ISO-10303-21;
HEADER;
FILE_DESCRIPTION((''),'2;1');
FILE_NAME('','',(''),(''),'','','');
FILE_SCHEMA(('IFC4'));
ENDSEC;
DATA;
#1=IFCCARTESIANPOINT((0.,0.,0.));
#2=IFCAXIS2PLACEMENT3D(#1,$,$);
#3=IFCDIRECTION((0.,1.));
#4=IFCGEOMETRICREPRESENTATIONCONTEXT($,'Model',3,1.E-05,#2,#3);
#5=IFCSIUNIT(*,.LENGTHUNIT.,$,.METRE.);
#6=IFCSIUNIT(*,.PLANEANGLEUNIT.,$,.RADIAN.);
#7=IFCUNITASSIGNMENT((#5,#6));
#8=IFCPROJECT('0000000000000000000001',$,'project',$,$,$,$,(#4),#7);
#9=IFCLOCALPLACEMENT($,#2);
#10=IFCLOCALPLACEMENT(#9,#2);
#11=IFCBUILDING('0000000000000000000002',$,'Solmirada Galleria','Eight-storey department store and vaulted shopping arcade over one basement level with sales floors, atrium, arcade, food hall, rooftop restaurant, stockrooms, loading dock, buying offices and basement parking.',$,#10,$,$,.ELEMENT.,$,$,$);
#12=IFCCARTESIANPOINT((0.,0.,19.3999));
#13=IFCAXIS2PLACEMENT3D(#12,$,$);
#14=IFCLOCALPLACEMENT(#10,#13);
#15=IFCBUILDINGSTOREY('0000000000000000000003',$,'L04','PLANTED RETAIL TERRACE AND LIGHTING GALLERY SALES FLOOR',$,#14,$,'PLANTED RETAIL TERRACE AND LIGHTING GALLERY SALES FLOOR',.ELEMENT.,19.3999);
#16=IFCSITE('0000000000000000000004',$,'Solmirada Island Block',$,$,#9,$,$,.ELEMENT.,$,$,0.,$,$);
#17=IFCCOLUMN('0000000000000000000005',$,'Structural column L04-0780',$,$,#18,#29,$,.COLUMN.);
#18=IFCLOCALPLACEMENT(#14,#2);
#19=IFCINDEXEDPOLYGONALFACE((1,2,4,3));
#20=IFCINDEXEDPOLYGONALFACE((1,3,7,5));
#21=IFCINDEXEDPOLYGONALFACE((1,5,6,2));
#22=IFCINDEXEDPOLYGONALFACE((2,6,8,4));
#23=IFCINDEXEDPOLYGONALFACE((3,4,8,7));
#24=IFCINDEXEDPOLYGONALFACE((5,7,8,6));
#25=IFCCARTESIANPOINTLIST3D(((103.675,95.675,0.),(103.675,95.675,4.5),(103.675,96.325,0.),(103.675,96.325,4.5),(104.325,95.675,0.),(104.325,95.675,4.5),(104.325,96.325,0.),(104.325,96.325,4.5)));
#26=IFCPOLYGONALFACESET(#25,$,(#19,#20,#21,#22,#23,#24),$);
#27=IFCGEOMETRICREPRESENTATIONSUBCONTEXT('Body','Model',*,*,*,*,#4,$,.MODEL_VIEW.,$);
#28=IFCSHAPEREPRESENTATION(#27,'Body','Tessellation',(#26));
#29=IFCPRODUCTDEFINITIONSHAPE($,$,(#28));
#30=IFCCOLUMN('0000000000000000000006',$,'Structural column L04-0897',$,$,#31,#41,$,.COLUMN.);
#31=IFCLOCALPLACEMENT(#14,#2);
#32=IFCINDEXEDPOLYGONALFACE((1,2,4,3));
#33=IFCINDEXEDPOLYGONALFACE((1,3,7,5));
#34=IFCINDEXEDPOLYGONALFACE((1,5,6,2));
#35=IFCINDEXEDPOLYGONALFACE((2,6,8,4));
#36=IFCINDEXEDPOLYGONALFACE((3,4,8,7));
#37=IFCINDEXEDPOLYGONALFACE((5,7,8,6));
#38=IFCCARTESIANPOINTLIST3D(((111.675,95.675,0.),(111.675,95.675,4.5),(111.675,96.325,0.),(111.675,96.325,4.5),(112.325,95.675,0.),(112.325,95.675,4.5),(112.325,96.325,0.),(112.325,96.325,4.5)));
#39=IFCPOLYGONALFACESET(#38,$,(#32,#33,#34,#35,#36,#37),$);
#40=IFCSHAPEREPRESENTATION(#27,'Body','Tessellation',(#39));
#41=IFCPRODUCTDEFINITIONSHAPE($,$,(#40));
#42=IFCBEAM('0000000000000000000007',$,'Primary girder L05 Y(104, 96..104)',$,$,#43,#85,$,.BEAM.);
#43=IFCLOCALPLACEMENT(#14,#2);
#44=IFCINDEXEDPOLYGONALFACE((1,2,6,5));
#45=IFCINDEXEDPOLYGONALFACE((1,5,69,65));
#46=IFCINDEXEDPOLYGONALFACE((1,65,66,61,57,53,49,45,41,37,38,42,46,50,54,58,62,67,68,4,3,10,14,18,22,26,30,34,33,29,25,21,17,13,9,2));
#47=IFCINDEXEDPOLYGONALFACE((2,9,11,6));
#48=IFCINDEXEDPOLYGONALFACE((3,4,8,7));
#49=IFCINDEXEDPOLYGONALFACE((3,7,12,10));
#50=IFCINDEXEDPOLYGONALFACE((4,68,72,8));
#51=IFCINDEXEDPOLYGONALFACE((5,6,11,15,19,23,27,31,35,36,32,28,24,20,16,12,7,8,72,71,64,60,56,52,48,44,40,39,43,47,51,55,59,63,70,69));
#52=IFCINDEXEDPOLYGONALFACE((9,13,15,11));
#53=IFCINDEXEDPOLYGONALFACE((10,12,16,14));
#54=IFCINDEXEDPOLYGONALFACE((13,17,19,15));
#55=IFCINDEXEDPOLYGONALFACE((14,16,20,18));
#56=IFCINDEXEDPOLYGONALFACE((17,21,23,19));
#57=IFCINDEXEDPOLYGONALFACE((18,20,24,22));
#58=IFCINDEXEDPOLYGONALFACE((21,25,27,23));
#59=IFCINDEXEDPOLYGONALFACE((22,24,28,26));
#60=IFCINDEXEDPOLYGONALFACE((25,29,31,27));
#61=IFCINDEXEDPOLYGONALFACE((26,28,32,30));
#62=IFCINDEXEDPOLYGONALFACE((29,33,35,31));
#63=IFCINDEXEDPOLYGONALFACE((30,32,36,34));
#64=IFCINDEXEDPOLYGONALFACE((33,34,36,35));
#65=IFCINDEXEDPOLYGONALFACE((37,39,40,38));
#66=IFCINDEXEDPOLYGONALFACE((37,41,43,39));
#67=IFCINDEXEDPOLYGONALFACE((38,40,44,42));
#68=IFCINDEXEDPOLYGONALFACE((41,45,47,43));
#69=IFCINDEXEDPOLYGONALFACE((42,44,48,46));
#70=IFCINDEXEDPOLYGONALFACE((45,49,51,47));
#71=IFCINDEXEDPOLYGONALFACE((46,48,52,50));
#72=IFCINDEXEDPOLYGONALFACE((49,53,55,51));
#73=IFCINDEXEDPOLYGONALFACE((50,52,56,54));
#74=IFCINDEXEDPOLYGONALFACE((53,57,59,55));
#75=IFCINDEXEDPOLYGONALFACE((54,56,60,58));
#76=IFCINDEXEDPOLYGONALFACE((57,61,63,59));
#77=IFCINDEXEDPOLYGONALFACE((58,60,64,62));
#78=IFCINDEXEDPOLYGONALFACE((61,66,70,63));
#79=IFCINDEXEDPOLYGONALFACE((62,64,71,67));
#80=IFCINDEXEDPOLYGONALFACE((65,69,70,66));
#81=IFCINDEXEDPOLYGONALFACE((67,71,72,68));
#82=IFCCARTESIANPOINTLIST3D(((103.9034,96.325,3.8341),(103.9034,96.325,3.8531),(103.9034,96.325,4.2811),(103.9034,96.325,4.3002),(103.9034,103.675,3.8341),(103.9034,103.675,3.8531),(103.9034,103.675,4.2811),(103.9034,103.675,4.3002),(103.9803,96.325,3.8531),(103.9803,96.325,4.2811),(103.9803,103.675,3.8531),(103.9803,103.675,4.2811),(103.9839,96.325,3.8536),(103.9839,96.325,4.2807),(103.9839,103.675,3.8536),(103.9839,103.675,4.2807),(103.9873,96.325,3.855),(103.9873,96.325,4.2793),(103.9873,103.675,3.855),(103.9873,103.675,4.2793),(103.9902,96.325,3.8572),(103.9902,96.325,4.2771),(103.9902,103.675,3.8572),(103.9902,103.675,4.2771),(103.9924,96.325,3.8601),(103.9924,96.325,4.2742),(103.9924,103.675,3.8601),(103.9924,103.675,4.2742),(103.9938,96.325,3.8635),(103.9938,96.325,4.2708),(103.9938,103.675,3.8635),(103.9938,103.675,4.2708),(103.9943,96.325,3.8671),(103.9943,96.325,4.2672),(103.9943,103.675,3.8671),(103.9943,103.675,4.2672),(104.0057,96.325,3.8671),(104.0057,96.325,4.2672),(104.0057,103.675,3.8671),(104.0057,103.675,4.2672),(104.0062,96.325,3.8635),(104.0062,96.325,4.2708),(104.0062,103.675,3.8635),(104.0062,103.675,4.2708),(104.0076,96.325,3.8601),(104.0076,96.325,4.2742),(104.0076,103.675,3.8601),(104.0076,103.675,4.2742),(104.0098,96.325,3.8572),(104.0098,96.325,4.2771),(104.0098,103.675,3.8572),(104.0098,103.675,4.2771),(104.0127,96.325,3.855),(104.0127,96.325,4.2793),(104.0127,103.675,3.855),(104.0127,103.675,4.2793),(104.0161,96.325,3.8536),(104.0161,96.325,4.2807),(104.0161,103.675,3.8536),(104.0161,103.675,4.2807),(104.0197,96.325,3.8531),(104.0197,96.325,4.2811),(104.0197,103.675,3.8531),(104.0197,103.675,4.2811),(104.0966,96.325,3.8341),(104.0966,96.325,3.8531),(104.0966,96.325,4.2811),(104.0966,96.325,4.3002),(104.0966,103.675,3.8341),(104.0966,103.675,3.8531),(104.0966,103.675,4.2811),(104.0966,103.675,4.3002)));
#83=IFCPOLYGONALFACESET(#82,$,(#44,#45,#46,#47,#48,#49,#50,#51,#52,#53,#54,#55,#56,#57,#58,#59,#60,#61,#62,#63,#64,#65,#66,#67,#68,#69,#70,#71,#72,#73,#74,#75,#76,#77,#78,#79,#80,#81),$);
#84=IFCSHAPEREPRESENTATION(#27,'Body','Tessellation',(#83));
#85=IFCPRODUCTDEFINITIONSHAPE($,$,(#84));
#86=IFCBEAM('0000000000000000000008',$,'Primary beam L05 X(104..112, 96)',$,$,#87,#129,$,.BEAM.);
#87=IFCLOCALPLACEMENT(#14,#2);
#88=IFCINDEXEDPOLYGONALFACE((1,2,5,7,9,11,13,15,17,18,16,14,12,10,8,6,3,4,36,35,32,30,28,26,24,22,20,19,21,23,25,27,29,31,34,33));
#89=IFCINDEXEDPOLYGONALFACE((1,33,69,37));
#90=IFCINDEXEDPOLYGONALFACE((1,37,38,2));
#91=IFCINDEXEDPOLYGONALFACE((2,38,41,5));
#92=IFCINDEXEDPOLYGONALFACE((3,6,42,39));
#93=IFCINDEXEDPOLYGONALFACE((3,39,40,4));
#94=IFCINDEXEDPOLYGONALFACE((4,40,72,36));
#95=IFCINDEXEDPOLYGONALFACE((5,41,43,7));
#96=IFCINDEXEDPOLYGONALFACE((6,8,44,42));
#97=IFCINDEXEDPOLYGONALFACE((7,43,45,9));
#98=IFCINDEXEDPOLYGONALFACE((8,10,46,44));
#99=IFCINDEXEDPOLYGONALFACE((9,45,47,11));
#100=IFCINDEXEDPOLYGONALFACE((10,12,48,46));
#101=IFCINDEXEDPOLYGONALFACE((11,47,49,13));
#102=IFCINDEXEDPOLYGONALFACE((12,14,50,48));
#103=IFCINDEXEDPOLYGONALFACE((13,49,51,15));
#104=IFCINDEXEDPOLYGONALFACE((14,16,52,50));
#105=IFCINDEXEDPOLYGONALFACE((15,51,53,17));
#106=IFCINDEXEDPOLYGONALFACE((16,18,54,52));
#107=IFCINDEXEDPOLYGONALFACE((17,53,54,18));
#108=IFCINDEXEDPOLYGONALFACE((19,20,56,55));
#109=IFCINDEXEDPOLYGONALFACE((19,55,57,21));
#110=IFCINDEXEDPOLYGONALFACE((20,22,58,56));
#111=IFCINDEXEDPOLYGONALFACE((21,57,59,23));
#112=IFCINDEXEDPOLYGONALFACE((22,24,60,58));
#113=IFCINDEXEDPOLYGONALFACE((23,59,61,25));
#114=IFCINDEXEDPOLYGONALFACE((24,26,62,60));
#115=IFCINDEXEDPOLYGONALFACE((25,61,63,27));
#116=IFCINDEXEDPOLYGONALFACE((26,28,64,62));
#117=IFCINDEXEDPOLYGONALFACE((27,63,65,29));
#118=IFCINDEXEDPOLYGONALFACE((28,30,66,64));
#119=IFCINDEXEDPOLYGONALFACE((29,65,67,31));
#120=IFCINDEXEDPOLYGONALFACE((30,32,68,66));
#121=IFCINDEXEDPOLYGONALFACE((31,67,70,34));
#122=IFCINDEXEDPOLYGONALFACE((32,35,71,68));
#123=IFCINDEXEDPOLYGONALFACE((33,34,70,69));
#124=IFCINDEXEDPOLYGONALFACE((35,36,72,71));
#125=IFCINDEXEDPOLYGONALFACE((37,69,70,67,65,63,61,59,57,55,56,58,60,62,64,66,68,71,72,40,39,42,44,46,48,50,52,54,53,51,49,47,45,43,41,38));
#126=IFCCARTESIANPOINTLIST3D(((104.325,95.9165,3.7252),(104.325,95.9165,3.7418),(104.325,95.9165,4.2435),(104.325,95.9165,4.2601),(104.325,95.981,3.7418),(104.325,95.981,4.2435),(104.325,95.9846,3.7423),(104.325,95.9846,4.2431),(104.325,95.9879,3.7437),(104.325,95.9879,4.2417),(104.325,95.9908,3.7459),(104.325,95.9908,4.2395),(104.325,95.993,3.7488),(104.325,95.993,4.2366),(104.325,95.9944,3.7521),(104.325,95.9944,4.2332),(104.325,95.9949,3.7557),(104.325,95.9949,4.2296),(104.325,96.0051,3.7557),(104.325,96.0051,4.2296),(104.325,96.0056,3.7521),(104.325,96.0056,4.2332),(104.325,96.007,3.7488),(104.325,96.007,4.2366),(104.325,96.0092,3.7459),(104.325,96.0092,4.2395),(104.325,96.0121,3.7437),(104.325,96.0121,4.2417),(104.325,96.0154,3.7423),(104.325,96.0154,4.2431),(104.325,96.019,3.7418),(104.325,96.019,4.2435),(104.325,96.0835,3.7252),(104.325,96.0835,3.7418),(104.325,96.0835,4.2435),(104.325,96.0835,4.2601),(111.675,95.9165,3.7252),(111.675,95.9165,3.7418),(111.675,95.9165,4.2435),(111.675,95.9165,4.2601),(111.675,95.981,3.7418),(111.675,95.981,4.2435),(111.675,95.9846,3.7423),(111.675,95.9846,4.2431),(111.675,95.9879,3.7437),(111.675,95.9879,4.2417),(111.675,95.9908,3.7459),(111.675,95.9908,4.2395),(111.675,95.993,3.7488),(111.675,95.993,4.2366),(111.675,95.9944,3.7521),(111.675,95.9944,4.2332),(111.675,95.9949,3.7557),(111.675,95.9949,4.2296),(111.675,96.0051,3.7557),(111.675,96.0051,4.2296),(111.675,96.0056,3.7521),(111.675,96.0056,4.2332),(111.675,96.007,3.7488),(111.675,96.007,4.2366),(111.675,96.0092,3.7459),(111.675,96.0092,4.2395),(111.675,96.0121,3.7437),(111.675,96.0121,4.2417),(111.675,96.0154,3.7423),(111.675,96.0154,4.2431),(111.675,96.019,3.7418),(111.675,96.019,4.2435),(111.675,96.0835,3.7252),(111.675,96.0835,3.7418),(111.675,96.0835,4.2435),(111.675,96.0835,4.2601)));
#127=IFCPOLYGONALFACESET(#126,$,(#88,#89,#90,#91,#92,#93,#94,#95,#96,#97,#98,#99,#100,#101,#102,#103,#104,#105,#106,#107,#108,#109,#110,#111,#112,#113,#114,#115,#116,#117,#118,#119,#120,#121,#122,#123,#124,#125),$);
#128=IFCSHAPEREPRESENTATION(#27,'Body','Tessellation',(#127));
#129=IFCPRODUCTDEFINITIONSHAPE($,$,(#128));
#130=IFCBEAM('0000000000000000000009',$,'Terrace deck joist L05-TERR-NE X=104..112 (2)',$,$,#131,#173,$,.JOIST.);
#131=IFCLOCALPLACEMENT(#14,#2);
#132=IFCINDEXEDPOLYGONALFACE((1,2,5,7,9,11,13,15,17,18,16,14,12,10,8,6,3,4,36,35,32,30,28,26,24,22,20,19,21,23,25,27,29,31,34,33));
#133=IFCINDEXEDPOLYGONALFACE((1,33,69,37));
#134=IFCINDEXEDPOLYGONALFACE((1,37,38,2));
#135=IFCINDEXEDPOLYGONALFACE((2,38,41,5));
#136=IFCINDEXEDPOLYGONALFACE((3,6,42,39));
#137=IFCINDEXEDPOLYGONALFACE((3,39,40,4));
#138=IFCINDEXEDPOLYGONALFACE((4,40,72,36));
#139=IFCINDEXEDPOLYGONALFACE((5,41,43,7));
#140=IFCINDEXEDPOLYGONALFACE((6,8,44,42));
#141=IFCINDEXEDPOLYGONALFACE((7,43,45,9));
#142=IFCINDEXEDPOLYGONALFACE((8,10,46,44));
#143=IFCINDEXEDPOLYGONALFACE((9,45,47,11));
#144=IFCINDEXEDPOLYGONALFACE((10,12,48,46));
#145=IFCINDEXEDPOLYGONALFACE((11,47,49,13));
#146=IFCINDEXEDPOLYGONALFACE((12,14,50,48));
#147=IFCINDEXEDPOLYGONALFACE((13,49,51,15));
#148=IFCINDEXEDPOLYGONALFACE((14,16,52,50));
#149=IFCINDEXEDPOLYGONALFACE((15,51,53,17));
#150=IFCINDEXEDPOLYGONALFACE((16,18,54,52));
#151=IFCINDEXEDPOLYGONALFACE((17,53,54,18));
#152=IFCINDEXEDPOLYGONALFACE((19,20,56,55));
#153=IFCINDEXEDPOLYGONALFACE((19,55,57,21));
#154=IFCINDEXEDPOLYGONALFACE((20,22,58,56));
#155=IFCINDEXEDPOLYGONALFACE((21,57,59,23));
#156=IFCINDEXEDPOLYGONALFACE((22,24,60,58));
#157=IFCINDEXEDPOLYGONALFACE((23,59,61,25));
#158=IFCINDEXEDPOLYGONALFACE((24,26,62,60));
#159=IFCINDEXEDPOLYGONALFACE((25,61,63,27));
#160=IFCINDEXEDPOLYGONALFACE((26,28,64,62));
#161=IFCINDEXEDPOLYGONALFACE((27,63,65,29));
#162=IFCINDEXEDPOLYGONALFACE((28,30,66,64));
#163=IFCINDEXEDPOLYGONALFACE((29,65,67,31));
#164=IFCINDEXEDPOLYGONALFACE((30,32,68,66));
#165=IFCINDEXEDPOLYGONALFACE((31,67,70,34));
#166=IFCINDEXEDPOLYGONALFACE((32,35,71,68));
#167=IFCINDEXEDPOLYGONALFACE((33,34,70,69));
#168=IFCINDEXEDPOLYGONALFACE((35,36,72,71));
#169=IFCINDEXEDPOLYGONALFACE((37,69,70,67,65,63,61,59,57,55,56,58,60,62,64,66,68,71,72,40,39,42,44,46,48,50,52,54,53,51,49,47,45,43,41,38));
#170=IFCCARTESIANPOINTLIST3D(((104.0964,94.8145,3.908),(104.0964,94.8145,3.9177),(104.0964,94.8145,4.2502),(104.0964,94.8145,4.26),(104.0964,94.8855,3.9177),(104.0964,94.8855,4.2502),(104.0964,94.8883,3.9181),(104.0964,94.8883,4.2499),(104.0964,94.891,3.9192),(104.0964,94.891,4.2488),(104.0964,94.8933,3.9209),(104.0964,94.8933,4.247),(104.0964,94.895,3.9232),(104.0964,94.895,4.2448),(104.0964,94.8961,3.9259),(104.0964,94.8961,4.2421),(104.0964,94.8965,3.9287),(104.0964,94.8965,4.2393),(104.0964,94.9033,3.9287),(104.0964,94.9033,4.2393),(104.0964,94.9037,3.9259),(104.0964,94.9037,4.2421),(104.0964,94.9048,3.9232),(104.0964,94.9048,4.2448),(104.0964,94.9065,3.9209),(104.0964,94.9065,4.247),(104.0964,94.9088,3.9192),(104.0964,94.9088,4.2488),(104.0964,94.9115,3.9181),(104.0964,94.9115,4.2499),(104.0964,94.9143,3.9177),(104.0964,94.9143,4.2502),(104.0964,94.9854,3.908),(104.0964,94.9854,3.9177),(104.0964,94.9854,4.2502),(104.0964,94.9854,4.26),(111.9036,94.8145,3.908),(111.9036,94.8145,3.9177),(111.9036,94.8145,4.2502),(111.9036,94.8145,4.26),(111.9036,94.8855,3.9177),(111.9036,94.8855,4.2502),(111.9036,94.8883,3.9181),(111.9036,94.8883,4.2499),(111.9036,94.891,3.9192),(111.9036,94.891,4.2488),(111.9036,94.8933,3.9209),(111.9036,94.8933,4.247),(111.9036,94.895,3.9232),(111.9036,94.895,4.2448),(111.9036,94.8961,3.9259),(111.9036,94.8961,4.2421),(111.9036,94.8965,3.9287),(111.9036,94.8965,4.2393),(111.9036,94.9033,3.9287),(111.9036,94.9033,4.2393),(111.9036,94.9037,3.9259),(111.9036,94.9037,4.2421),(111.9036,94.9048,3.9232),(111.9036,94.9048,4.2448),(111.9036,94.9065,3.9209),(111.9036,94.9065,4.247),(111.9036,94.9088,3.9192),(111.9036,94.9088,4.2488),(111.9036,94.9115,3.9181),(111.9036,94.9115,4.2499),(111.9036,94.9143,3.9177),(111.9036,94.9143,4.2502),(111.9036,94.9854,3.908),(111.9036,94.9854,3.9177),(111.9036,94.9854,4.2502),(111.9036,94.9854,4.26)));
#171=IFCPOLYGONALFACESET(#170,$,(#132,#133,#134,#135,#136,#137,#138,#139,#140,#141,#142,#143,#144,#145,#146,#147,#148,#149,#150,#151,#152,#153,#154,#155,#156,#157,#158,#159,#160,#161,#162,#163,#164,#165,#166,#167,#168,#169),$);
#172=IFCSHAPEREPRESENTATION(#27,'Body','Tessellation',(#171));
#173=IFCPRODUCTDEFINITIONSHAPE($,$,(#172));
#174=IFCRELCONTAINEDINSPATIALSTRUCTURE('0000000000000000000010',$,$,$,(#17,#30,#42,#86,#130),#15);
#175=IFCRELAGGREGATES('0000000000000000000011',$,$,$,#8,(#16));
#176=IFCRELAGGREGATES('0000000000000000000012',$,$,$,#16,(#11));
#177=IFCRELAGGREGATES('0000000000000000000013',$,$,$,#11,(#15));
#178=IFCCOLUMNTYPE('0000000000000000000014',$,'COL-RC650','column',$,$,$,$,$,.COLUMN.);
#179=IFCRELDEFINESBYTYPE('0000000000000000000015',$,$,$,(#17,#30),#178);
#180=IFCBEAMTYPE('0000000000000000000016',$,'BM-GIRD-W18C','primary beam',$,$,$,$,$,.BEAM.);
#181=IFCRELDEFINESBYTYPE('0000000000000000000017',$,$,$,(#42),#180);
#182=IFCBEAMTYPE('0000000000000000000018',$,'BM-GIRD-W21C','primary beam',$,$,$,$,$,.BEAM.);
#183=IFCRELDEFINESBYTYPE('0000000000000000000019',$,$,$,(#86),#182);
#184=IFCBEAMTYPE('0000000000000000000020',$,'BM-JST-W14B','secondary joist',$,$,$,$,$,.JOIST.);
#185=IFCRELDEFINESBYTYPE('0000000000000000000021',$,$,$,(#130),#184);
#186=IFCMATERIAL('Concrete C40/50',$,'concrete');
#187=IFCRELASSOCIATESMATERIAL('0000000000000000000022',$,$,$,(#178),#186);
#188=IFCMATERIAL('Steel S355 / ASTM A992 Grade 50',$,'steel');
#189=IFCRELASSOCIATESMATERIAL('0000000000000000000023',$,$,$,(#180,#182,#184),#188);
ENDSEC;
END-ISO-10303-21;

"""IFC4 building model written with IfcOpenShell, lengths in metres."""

from ifc_helpers import new_model, si_unit, direction, frame, origin, origin_2d, place, context, subcontext, project, spatial, rectangle, i_section, extrude, material, material_profile, profile_set, type_object, element, save


model = new_model("IFC4")

# Units and contexts
model_context = context("Model", 3, precision=1e-05, world=origin(), true_north=direction((0.0, 1.0)))
body_context = subcontext(model_context, "Body", "Model", "MODEL_VIEW")
ifc_project = project(units=[si_unit("LENGTHUNIT", "METRE"), si_unit("PLANEANGLEUNIT", "RADIAN")], contexts=[model_context])

# Site, building, storey
site_placement = place(None, origin())
site = spatial("IfcSite", under=ifc_project, at=site_placement, Name="Solmirada Island Block", CompositionType="ELEMENT", RefElevation=0.0)
building_placement = place(site_placement, origin())
building = spatial("IfcBuilding", under=site, at=building_placement, Name="Solmirada Galleria", Description="Eight-storey department store and vaulted shopping arcade over one basement level with sales floors, atrium, arcade, food hall, rooftop restaurant, stockrooms, loading dock, buying offices and basement parking.", CompositionType="ELEMENT")
storey_placement = place(building_placement, frame((0.0, 0.0, 19.3999)))
storey = spatial("IfcBuildingStorey", under=building, at=storey_placement, Name="L04", Description="PLANTED RETAIL TERRACE AND LIGHTING GALLERY SALES FLOOR", LongName="PLANTED RETAIL TERRACE AND LIGHTING GALLERY SALES FLOOR", CompositionType="ELEMENT", Elevation=19.3999)

# Columns
ifc_material_1 = material(Name="Concrete C40/50", Category="concrete")
ifc_material_profile_1 = material_profile(ifc_material_1, rectangle(XDim=0.6499, YDim=0.6499, at=origin_2d()), Name="RC650X650")
ifc_profile_set_1 = profile_set([ifc_material_profile_1], Name="Concrete C40/50")
column_type = type_object("IfcColumnType", Name="COL-RC650", Description="column", PredefinedType="COLUMN", material=ifc_profile_set_1)
for number, where, z_axis, x_axis, name in (
    (1, (104.0, 96.0, 0.0), (0.0, 0.0, 1.0), (1.0, 0.0, 0.0), "Structural column L04-0780"),
    (2, (112.0, 96.0, 0.0), (0.0, 0.0, 1.0), (1.0, 0.0, 0.0), "Structural column L04-0897"),
):
    element("IfcColumn", number, at=place(storey_placement, frame(where, z_axis=z_axis, x_axis=x_axis)), inside=storey, type_object=column_type, Name=name, PredefinedType="COLUMN", context=body_context, shape_type="SweptSolid", body=[
        extrude(rectangle(XDim=0.6499, YDim=0.6499, at=origin_2d()), origin(), (0.0, 0.0, 1.0), 4.5),
    ])

# Beams
ifc_material_2 = material(Name="Steel S355 / ASTM A992 Grade 50", Category="steel")
ifc_material_profile_2 = material_profile(ifc_material_2, i_section(OverallWidth=0.1931, OverallDepth=0.4661, WebThickness=0.0115, FlangeThickness=0.019, FilletRadius=0.0139, at=origin_2d()), Name="W18X65")
ifc_profile_set_2 = profile_set([ifc_material_profile_2], Name="Steel S355 / ASTM A992 Grade 50")
beam_type_1 = type_object("IfcBeamType", Name="BM-GIRD-W18C", Description="primary beam", PredefinedType="BEAM", material=ifc_profile_set_2)
beam_1_placement = place(storey_placement, frame((104.0, 96.325, 4.0671), z_axis=(0.0, 1.0, 0.0), x_axis=(-1.0, 0.0, 0.0)))
element("IfcBeam", 3, at=beam_1_placement, inside=storey, type_object=beam_type_1, Name="Primary girder L05 Y(104, 96..104)", PredefinedType="BEAM", context=body_context, shape_type="SweptSolid", body=[
    extrude(i_section(OverallWidth=0.1931, OverallDepth=0.4661, WebThickness=0.0115, FlangeThickness=0.019, FilletRadius=0.0139, at=origin_2d()), origin(), (0.0, 0.0, 1.0), 7.3501),
])
ifc_material_profile_3 = material_profile(ifc_material_2, i_section(OverallWidth=0.167, OverallDepth=0.5349, WebThickness=0.0103, FlangeThickness=0.0166, FilletRadius=0.0139, at=origin_2d()), Name="W21X57")
ifc_profile_set_3 = profile_set([ifc_material_profile_3], Name="Steel S355 / ASTM A992 Grade 50")
beam_type_2 = type_object("IfcBeamType", Name="BM-GIRD-W21C", Description="primary beam", PredefinedType="BEAM", material=ifc_profile_set_3)
beam_2_placement = place(storey_placement, frame((104.325, 96.0, 3.9927), z_axis=(1.0, 0.0, 0.0), x_axis=(0.0, 1.0, 0.0)))
element("IfcBeam", 4, at=beam_2_placement, inside=storey, type_object=beam_type_2, Name="Primary beam L05 X(104..112, 96)", PredefinedType="BEAM", context=body_context, shape_type="SweptSolid", body=[
    extrude(i_section(OverallWidth=0.167, OverallDepth=0.5349, WebThickness=0.0103, FlangeThickness=0.0166, FilletRadius=0.0139, at=origin_2d()), origin(), (0.0, 0.0, 1.0), 7.3501),
])
ifc_material_profile_4 = material_profile(ifc_material_2, i_section(OverallWidth=0.1709, OverallDepth=0.3521, WebThickness=0.0068, FlangeThickness=0.0098, FilletRadius=0.011, at=origin_2d()), Name="W14X30")
ifc_profile_set_4 = profile_set([ifc_material_profile_4], Name="Steel S355 / ASTM A992 Grade 50")
beam_type_3 = type_object("IfcBeamType", Name="BM-JST-W14B", Description="secondary joist", PredefinedType="JOIST", material=ifc_profile_set_4)
beam_3_placement = place(storey_placement, frame((104.0964, 94.8999, 4.084), z_axis=(1.0, 0.0, 0.0), x_axis=(0.0, 1.0, 0.0)))
element("IfcBeam", 5, at=beam_3_placement, inside=storey, type_object=beam_type_3, Name="Terrace deck joist L05-TERR-NE X=104..112 (2)", PredefinedType="JOIST", context=body_context, shape_type="SweptSolid", body=[
    extrude(i_section(OverallWidth=0.1709, OverallDepth=0.3521, WebThickness=0.0068, FlangeThickness=0.0098, FilletRadius=0.011, at=origin_2d()), origin(), (0.0, 0.0, 1.0), 7.8071),
])

save(model, "model.ifc")
